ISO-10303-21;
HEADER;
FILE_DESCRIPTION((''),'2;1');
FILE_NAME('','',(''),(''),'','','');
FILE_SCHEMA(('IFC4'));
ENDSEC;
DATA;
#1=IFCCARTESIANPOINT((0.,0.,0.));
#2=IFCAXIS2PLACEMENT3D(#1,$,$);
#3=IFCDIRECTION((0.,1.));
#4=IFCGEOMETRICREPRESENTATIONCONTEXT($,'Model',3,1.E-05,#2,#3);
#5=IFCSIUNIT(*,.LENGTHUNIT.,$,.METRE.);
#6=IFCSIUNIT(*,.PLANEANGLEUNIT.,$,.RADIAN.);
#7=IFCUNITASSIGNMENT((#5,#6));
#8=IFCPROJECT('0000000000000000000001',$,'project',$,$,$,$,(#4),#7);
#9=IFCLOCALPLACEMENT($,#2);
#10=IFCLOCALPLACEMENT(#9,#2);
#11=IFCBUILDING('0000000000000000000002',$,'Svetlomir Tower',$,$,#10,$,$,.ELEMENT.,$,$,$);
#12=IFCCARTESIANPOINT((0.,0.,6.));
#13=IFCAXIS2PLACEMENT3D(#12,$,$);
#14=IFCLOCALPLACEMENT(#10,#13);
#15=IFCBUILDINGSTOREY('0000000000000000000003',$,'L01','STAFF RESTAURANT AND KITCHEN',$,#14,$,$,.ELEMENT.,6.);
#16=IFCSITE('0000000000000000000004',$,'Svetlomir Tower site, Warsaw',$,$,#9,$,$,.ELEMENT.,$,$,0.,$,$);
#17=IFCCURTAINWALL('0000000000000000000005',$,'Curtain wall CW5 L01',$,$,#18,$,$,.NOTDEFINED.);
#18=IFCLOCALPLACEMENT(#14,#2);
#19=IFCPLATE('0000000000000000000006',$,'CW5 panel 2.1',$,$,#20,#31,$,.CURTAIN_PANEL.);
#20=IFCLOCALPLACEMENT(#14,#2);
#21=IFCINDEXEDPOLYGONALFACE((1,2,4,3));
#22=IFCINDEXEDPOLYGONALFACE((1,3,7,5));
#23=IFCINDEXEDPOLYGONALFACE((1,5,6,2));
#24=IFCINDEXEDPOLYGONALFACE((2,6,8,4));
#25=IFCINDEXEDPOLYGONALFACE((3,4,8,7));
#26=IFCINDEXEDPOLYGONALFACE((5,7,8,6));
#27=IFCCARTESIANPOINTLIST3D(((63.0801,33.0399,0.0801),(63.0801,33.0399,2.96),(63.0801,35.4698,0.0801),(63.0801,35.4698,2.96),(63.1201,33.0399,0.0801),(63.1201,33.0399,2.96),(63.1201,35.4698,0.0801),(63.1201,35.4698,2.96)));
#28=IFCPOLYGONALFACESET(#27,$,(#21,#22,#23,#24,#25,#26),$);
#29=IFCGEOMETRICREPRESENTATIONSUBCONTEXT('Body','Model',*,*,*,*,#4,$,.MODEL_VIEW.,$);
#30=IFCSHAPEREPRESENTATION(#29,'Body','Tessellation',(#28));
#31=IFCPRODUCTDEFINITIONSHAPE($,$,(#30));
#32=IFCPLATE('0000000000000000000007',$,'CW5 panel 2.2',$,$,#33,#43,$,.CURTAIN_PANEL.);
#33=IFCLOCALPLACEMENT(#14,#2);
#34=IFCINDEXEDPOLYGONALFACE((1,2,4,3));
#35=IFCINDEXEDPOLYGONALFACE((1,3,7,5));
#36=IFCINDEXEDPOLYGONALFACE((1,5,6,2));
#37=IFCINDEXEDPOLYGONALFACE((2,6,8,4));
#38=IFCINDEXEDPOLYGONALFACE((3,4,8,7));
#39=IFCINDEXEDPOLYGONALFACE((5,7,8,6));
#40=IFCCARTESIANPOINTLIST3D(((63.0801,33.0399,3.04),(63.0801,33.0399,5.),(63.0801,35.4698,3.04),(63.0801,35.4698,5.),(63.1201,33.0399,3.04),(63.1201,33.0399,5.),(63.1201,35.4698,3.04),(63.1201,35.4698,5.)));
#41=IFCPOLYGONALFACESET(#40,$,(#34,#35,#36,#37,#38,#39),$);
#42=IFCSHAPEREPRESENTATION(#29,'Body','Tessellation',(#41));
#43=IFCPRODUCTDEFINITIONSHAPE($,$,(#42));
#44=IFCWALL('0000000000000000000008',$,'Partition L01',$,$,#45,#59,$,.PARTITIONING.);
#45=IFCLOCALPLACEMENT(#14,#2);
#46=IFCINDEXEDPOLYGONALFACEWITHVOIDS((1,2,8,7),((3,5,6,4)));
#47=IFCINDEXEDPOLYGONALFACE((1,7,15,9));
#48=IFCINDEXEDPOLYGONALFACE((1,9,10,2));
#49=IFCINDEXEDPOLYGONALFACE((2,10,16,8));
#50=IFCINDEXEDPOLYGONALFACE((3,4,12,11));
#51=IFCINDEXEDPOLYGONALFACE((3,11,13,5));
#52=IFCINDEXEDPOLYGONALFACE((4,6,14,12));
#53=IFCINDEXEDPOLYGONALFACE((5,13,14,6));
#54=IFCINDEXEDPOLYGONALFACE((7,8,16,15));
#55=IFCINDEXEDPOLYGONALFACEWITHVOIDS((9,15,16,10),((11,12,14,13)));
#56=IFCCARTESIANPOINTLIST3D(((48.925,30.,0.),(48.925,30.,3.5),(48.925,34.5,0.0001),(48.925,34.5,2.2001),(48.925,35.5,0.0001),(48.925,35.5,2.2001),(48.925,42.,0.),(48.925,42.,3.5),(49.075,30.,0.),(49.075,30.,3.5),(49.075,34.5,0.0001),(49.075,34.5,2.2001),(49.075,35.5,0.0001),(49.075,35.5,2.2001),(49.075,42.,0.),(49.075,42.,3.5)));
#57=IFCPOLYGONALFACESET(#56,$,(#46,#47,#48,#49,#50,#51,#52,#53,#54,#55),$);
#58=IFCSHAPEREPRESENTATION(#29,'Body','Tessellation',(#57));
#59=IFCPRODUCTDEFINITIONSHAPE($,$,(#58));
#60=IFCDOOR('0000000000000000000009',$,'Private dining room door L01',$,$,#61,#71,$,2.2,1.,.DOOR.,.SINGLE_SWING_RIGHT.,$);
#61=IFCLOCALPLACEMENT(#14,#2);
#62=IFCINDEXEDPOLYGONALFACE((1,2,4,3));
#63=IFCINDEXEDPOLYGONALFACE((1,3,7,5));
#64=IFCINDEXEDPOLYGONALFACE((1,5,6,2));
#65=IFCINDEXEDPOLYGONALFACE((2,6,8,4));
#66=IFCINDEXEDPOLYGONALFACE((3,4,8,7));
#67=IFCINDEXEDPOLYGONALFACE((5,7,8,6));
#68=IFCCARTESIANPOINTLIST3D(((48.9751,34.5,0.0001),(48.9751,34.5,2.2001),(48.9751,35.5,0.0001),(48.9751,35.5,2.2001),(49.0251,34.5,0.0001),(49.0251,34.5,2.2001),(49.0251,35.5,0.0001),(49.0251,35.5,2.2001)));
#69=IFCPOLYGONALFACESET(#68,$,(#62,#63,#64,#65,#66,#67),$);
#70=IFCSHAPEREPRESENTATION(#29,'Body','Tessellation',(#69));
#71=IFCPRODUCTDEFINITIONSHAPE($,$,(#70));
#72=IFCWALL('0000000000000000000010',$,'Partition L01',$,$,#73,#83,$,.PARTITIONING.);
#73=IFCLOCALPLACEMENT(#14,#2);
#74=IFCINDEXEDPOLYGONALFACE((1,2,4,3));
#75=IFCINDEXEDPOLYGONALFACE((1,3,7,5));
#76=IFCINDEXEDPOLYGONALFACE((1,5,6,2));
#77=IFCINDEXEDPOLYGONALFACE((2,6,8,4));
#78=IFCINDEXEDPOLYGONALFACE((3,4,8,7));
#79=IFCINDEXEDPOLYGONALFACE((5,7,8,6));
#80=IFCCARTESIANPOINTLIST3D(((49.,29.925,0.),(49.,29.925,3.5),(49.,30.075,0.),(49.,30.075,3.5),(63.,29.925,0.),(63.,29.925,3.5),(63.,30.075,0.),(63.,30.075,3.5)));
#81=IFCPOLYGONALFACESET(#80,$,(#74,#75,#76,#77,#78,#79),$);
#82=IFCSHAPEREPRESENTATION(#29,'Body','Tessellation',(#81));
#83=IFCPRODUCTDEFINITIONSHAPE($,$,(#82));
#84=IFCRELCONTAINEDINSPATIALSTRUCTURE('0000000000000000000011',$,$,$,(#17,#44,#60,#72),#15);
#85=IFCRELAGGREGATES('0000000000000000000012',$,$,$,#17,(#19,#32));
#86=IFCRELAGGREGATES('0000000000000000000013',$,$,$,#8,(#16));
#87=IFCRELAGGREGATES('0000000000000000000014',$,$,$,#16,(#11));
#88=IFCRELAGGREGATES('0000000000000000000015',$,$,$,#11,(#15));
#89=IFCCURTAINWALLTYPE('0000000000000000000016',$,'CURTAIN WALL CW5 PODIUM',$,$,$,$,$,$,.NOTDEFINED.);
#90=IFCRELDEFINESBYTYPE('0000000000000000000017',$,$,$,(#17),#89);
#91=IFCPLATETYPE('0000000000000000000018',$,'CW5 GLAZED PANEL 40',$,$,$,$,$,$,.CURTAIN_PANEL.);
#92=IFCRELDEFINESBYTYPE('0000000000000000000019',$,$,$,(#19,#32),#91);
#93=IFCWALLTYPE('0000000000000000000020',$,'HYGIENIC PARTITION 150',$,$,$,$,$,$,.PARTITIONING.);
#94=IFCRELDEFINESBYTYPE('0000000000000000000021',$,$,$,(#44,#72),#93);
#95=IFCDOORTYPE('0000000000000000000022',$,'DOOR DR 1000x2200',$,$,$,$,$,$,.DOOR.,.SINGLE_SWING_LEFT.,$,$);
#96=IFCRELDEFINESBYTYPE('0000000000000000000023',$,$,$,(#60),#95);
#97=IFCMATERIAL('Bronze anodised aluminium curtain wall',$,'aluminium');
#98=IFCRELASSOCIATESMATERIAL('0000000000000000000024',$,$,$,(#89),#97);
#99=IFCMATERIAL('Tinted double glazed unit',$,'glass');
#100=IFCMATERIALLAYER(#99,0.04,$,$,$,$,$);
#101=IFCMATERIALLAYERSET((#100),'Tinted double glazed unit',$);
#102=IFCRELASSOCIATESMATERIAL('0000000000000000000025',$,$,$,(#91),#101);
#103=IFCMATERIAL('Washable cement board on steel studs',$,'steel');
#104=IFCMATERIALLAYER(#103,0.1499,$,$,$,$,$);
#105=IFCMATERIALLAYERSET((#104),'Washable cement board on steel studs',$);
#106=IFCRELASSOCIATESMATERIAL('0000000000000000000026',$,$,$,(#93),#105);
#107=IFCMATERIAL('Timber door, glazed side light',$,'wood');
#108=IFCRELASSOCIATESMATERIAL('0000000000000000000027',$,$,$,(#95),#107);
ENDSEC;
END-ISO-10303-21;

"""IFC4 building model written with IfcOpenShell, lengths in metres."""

from ifc_helpers import new_model, si_unit, direction, frame, frame_2d, origin, origin_2d, place, context, subcontext, project, spatial, rectangle, extrude, material, layer, layer_set, type_object, element, fill, aggregate, save


model = new_model("IFC4")

# Units and contexts
model_context = context("Model", 3, precision=1e-05, world=origin(), true_north=direction((0.0, 1.0)))
body_context = subcontext(model_context, "Body", "Model", "MODEL_VIEW")
ifc_project = project(units=[si_unit("LENGTHUNIT", "METRE"), si_unit("PLANEANGLEUNIT", "RADIAN")], contexts=[model_context])

# Site, building, storey
site_placement = place(None, origin())
site = spatial("IfcSite", under=ifc_project, at=site_placement, Name="Svetlomir Tower site, Warsaw", CompositionType="ELEMENT", RefElevation=0.0)
building_placement = place(site_placement, origin())
building = spatial("IfcBuilding", under=site, at=building_placement, Name="Svetlomir Tower", CompositionType="ELEMENT")
storey_placement = place(building_placement, frame((0.0, 0.0, 6.0)))
storey = spatial("IfcBuildingStorey", under=building, at=storey_placement, Name="L01", Description="STAFF RESTAURANT AND KITCHEN", CompositionType="ELEMENT", Elevation=6.0)

# Curtain wall
ifc_material_1 = material(Name="Bronze anodised aluminium curtain wall", Category="aluminium")
curtain_wall_type = type_object("IfcCurtainWallType", Name="CURTAIN WALL CW5 PODIUM", PredefinedType="NOTDEFINED", material=ifc_material_1)
curtain_wall_placement = place(storey_placement, origin())
curtain_wall = element("IfcCurtainWall", 1, at=curtain_wall_placement, inside=storey, type_object=curtain_wall_type, Name="Curtain wall CW5 L01", PredefinedType="NOTDEFINED")

# Plates
ifc_material_2 = material(Name="Tinted double glazed unit", Category="glass")
ifc_layer_1 = layer(ifc_material_2, 0.04)
ifc_layer_set_1 = layer_set([ifc_layer_1], Name="Tinted double glazed unit")
plate_type = type_object("IfcPlateType", Name="CW5 GLAZED PANEL 40", PredefinedType="CURTAIN_PANEL", material=ifc_layer_set_1)
plate_1_placement = place(storey_placement, frame((63.1001, 34.2549, 0.0801), z_axis=(0.0, 0.0, 1.0), x_axis=(0.0, 1.0, 0.0)))
plate_1 = element("IfcPlate", 2, at=plate_1_placement, type_object=plate_type, Name="CW5 panel 2.1", PredefinedType="CURTAIN_PANEL", context=body_context, shape_type="SweptSolid", body=[
    extrude(rectangle(XDim=2.4299, YDim=0.04, at=origin_2d()), origin(), (0.0, 0.0, 1.0), 2.8799),
])
plate_2_placement = place(storey_placement, frame((63.1001, 34.2549, 3.04), z_axis=(0.0, 0.0, 1.0), x_axis=(0.0, 1.0, 0.0)))
plate_2 = element("IfcPlate", 3, at=plate_2_placement, type_object=plate_type, Name="CW5 panel 2.2", PredefinedType="CURTAIN_PANEL", context=body_context, shape_type="SweptSolid", body=[
    extrude(rectangle(XDim=2.4299, YDim=0.04, at=origin_2d()), origin(), (0.0, 0.0, 1.0), 1.96),
])
aggregate(curtain_wall, [plate_1, plate_2])

# Wall, opening, door
ifc_material_3 = material(Name="Washable cement board on steel studs", Category="steel")
ifc_layer_2 = layer(ifc_material_3, 0.1499)
ifc_layer_set_2 = layer_set([ifc_layer_2], Name="Washable cement board on steel studs")
wall_type = type_object("IfcWallType", Name="HYGIENIC PARTITION 150", PredefinedType="PARTITIONING", material=ifc_layer_set_2)
wall_1_placement = place(storey_placement, frame((49.0, 30.0, 0.0), z_axis=(0.0, 0.0, 1.0), x_axis=(0.0, 1.0, 0.0)))
wall_1 = element("IfcWall", 4, at=wall_1_placement, inside=storey, type_object=wall_type, Name="Partition L01", PredefinedType="PARTITIONING", context=body_context, shape_type="SweptSolid", body=[
    extrude(rectangle(XDim=12.0, YDim=0.1499, at=frame_2d((6.0, 0.0))), origin(), (0.0, 0.0, 1.0), 3.5),
])
opening_placement = place(wall_1_placement, frame((4.5, 0.0, 0.0)))
opening = element("IfcOpeningElement", 5, at=opening_placement, cuts=wall_1, PredefinedType="OPENING", context=body_context, shape_type="SweptSolid", body=[
    extrude(rectangle(XDim=1.0, YDim=2.2, at=frame_2d((0.5, 1.1001))), frame((0.0, 0.085, 0.0), z_axis=(0.0, -1.0, 0.0), x_axis=(1.0, 0.0, 0.0)), (0.0, 0.0, 1.0), 0.1699),
])
ifc_material_4 = material(Name="Timber door, glazed side light", Category="wood")
door_type = type_object("IfcDoorType", Name="DOOR DR 1000x2200", OperationType="SINGLE_SWING_LEFT", PredefinedType="DOOR", material=ifc_material_4)
door_placement = place(opening_placement, origin())
door = element("IfcDoor", 6, at=door_placement, inside=storey, type_object=door_type, Name="Private dining room door L01", OperationType="SINGLE_SWING_RIGHT", OverallHeight=2.2, OverallWidth=1.0, PredefinedType="DOOR", context=body_context, shape_type="SweptSolid", body=[
    extrude(rectangle(XDim=1.0, YDim=2.2, at=frame_2d((0.5, 1.1001))), frame((0.0, 0.0249, 0.0), z_axis=(0.0, -1.0, 0.0), x_axis=(1.0, 0.0, 0.0)), (0.0, 0.0, 1.0), 0.05),
])
fill(opening, door)

# Wall
wall_2_placement = place(storey_placement, frame((49.0, 30.0, 0.0), z_axis=(0.0, 0.0, 1.0), x_axis=(1.0, 0.0, 0.0)))
element("IfcWall", 7, at=wall_2_placement, inside=storey, type_object=wall_type, Name="Partition L01", PredefinedType="PARTITIONING", context=body_context, shape_type="SweptSolid", body=[
    extrude(rectangle(XDim=14.0, YDim=0.1499, at=frame_2d((7.0, 0.0))), origin(), (0.0, 0.0, 1.0), 3.5),
])

save(model, "model.ifc")
